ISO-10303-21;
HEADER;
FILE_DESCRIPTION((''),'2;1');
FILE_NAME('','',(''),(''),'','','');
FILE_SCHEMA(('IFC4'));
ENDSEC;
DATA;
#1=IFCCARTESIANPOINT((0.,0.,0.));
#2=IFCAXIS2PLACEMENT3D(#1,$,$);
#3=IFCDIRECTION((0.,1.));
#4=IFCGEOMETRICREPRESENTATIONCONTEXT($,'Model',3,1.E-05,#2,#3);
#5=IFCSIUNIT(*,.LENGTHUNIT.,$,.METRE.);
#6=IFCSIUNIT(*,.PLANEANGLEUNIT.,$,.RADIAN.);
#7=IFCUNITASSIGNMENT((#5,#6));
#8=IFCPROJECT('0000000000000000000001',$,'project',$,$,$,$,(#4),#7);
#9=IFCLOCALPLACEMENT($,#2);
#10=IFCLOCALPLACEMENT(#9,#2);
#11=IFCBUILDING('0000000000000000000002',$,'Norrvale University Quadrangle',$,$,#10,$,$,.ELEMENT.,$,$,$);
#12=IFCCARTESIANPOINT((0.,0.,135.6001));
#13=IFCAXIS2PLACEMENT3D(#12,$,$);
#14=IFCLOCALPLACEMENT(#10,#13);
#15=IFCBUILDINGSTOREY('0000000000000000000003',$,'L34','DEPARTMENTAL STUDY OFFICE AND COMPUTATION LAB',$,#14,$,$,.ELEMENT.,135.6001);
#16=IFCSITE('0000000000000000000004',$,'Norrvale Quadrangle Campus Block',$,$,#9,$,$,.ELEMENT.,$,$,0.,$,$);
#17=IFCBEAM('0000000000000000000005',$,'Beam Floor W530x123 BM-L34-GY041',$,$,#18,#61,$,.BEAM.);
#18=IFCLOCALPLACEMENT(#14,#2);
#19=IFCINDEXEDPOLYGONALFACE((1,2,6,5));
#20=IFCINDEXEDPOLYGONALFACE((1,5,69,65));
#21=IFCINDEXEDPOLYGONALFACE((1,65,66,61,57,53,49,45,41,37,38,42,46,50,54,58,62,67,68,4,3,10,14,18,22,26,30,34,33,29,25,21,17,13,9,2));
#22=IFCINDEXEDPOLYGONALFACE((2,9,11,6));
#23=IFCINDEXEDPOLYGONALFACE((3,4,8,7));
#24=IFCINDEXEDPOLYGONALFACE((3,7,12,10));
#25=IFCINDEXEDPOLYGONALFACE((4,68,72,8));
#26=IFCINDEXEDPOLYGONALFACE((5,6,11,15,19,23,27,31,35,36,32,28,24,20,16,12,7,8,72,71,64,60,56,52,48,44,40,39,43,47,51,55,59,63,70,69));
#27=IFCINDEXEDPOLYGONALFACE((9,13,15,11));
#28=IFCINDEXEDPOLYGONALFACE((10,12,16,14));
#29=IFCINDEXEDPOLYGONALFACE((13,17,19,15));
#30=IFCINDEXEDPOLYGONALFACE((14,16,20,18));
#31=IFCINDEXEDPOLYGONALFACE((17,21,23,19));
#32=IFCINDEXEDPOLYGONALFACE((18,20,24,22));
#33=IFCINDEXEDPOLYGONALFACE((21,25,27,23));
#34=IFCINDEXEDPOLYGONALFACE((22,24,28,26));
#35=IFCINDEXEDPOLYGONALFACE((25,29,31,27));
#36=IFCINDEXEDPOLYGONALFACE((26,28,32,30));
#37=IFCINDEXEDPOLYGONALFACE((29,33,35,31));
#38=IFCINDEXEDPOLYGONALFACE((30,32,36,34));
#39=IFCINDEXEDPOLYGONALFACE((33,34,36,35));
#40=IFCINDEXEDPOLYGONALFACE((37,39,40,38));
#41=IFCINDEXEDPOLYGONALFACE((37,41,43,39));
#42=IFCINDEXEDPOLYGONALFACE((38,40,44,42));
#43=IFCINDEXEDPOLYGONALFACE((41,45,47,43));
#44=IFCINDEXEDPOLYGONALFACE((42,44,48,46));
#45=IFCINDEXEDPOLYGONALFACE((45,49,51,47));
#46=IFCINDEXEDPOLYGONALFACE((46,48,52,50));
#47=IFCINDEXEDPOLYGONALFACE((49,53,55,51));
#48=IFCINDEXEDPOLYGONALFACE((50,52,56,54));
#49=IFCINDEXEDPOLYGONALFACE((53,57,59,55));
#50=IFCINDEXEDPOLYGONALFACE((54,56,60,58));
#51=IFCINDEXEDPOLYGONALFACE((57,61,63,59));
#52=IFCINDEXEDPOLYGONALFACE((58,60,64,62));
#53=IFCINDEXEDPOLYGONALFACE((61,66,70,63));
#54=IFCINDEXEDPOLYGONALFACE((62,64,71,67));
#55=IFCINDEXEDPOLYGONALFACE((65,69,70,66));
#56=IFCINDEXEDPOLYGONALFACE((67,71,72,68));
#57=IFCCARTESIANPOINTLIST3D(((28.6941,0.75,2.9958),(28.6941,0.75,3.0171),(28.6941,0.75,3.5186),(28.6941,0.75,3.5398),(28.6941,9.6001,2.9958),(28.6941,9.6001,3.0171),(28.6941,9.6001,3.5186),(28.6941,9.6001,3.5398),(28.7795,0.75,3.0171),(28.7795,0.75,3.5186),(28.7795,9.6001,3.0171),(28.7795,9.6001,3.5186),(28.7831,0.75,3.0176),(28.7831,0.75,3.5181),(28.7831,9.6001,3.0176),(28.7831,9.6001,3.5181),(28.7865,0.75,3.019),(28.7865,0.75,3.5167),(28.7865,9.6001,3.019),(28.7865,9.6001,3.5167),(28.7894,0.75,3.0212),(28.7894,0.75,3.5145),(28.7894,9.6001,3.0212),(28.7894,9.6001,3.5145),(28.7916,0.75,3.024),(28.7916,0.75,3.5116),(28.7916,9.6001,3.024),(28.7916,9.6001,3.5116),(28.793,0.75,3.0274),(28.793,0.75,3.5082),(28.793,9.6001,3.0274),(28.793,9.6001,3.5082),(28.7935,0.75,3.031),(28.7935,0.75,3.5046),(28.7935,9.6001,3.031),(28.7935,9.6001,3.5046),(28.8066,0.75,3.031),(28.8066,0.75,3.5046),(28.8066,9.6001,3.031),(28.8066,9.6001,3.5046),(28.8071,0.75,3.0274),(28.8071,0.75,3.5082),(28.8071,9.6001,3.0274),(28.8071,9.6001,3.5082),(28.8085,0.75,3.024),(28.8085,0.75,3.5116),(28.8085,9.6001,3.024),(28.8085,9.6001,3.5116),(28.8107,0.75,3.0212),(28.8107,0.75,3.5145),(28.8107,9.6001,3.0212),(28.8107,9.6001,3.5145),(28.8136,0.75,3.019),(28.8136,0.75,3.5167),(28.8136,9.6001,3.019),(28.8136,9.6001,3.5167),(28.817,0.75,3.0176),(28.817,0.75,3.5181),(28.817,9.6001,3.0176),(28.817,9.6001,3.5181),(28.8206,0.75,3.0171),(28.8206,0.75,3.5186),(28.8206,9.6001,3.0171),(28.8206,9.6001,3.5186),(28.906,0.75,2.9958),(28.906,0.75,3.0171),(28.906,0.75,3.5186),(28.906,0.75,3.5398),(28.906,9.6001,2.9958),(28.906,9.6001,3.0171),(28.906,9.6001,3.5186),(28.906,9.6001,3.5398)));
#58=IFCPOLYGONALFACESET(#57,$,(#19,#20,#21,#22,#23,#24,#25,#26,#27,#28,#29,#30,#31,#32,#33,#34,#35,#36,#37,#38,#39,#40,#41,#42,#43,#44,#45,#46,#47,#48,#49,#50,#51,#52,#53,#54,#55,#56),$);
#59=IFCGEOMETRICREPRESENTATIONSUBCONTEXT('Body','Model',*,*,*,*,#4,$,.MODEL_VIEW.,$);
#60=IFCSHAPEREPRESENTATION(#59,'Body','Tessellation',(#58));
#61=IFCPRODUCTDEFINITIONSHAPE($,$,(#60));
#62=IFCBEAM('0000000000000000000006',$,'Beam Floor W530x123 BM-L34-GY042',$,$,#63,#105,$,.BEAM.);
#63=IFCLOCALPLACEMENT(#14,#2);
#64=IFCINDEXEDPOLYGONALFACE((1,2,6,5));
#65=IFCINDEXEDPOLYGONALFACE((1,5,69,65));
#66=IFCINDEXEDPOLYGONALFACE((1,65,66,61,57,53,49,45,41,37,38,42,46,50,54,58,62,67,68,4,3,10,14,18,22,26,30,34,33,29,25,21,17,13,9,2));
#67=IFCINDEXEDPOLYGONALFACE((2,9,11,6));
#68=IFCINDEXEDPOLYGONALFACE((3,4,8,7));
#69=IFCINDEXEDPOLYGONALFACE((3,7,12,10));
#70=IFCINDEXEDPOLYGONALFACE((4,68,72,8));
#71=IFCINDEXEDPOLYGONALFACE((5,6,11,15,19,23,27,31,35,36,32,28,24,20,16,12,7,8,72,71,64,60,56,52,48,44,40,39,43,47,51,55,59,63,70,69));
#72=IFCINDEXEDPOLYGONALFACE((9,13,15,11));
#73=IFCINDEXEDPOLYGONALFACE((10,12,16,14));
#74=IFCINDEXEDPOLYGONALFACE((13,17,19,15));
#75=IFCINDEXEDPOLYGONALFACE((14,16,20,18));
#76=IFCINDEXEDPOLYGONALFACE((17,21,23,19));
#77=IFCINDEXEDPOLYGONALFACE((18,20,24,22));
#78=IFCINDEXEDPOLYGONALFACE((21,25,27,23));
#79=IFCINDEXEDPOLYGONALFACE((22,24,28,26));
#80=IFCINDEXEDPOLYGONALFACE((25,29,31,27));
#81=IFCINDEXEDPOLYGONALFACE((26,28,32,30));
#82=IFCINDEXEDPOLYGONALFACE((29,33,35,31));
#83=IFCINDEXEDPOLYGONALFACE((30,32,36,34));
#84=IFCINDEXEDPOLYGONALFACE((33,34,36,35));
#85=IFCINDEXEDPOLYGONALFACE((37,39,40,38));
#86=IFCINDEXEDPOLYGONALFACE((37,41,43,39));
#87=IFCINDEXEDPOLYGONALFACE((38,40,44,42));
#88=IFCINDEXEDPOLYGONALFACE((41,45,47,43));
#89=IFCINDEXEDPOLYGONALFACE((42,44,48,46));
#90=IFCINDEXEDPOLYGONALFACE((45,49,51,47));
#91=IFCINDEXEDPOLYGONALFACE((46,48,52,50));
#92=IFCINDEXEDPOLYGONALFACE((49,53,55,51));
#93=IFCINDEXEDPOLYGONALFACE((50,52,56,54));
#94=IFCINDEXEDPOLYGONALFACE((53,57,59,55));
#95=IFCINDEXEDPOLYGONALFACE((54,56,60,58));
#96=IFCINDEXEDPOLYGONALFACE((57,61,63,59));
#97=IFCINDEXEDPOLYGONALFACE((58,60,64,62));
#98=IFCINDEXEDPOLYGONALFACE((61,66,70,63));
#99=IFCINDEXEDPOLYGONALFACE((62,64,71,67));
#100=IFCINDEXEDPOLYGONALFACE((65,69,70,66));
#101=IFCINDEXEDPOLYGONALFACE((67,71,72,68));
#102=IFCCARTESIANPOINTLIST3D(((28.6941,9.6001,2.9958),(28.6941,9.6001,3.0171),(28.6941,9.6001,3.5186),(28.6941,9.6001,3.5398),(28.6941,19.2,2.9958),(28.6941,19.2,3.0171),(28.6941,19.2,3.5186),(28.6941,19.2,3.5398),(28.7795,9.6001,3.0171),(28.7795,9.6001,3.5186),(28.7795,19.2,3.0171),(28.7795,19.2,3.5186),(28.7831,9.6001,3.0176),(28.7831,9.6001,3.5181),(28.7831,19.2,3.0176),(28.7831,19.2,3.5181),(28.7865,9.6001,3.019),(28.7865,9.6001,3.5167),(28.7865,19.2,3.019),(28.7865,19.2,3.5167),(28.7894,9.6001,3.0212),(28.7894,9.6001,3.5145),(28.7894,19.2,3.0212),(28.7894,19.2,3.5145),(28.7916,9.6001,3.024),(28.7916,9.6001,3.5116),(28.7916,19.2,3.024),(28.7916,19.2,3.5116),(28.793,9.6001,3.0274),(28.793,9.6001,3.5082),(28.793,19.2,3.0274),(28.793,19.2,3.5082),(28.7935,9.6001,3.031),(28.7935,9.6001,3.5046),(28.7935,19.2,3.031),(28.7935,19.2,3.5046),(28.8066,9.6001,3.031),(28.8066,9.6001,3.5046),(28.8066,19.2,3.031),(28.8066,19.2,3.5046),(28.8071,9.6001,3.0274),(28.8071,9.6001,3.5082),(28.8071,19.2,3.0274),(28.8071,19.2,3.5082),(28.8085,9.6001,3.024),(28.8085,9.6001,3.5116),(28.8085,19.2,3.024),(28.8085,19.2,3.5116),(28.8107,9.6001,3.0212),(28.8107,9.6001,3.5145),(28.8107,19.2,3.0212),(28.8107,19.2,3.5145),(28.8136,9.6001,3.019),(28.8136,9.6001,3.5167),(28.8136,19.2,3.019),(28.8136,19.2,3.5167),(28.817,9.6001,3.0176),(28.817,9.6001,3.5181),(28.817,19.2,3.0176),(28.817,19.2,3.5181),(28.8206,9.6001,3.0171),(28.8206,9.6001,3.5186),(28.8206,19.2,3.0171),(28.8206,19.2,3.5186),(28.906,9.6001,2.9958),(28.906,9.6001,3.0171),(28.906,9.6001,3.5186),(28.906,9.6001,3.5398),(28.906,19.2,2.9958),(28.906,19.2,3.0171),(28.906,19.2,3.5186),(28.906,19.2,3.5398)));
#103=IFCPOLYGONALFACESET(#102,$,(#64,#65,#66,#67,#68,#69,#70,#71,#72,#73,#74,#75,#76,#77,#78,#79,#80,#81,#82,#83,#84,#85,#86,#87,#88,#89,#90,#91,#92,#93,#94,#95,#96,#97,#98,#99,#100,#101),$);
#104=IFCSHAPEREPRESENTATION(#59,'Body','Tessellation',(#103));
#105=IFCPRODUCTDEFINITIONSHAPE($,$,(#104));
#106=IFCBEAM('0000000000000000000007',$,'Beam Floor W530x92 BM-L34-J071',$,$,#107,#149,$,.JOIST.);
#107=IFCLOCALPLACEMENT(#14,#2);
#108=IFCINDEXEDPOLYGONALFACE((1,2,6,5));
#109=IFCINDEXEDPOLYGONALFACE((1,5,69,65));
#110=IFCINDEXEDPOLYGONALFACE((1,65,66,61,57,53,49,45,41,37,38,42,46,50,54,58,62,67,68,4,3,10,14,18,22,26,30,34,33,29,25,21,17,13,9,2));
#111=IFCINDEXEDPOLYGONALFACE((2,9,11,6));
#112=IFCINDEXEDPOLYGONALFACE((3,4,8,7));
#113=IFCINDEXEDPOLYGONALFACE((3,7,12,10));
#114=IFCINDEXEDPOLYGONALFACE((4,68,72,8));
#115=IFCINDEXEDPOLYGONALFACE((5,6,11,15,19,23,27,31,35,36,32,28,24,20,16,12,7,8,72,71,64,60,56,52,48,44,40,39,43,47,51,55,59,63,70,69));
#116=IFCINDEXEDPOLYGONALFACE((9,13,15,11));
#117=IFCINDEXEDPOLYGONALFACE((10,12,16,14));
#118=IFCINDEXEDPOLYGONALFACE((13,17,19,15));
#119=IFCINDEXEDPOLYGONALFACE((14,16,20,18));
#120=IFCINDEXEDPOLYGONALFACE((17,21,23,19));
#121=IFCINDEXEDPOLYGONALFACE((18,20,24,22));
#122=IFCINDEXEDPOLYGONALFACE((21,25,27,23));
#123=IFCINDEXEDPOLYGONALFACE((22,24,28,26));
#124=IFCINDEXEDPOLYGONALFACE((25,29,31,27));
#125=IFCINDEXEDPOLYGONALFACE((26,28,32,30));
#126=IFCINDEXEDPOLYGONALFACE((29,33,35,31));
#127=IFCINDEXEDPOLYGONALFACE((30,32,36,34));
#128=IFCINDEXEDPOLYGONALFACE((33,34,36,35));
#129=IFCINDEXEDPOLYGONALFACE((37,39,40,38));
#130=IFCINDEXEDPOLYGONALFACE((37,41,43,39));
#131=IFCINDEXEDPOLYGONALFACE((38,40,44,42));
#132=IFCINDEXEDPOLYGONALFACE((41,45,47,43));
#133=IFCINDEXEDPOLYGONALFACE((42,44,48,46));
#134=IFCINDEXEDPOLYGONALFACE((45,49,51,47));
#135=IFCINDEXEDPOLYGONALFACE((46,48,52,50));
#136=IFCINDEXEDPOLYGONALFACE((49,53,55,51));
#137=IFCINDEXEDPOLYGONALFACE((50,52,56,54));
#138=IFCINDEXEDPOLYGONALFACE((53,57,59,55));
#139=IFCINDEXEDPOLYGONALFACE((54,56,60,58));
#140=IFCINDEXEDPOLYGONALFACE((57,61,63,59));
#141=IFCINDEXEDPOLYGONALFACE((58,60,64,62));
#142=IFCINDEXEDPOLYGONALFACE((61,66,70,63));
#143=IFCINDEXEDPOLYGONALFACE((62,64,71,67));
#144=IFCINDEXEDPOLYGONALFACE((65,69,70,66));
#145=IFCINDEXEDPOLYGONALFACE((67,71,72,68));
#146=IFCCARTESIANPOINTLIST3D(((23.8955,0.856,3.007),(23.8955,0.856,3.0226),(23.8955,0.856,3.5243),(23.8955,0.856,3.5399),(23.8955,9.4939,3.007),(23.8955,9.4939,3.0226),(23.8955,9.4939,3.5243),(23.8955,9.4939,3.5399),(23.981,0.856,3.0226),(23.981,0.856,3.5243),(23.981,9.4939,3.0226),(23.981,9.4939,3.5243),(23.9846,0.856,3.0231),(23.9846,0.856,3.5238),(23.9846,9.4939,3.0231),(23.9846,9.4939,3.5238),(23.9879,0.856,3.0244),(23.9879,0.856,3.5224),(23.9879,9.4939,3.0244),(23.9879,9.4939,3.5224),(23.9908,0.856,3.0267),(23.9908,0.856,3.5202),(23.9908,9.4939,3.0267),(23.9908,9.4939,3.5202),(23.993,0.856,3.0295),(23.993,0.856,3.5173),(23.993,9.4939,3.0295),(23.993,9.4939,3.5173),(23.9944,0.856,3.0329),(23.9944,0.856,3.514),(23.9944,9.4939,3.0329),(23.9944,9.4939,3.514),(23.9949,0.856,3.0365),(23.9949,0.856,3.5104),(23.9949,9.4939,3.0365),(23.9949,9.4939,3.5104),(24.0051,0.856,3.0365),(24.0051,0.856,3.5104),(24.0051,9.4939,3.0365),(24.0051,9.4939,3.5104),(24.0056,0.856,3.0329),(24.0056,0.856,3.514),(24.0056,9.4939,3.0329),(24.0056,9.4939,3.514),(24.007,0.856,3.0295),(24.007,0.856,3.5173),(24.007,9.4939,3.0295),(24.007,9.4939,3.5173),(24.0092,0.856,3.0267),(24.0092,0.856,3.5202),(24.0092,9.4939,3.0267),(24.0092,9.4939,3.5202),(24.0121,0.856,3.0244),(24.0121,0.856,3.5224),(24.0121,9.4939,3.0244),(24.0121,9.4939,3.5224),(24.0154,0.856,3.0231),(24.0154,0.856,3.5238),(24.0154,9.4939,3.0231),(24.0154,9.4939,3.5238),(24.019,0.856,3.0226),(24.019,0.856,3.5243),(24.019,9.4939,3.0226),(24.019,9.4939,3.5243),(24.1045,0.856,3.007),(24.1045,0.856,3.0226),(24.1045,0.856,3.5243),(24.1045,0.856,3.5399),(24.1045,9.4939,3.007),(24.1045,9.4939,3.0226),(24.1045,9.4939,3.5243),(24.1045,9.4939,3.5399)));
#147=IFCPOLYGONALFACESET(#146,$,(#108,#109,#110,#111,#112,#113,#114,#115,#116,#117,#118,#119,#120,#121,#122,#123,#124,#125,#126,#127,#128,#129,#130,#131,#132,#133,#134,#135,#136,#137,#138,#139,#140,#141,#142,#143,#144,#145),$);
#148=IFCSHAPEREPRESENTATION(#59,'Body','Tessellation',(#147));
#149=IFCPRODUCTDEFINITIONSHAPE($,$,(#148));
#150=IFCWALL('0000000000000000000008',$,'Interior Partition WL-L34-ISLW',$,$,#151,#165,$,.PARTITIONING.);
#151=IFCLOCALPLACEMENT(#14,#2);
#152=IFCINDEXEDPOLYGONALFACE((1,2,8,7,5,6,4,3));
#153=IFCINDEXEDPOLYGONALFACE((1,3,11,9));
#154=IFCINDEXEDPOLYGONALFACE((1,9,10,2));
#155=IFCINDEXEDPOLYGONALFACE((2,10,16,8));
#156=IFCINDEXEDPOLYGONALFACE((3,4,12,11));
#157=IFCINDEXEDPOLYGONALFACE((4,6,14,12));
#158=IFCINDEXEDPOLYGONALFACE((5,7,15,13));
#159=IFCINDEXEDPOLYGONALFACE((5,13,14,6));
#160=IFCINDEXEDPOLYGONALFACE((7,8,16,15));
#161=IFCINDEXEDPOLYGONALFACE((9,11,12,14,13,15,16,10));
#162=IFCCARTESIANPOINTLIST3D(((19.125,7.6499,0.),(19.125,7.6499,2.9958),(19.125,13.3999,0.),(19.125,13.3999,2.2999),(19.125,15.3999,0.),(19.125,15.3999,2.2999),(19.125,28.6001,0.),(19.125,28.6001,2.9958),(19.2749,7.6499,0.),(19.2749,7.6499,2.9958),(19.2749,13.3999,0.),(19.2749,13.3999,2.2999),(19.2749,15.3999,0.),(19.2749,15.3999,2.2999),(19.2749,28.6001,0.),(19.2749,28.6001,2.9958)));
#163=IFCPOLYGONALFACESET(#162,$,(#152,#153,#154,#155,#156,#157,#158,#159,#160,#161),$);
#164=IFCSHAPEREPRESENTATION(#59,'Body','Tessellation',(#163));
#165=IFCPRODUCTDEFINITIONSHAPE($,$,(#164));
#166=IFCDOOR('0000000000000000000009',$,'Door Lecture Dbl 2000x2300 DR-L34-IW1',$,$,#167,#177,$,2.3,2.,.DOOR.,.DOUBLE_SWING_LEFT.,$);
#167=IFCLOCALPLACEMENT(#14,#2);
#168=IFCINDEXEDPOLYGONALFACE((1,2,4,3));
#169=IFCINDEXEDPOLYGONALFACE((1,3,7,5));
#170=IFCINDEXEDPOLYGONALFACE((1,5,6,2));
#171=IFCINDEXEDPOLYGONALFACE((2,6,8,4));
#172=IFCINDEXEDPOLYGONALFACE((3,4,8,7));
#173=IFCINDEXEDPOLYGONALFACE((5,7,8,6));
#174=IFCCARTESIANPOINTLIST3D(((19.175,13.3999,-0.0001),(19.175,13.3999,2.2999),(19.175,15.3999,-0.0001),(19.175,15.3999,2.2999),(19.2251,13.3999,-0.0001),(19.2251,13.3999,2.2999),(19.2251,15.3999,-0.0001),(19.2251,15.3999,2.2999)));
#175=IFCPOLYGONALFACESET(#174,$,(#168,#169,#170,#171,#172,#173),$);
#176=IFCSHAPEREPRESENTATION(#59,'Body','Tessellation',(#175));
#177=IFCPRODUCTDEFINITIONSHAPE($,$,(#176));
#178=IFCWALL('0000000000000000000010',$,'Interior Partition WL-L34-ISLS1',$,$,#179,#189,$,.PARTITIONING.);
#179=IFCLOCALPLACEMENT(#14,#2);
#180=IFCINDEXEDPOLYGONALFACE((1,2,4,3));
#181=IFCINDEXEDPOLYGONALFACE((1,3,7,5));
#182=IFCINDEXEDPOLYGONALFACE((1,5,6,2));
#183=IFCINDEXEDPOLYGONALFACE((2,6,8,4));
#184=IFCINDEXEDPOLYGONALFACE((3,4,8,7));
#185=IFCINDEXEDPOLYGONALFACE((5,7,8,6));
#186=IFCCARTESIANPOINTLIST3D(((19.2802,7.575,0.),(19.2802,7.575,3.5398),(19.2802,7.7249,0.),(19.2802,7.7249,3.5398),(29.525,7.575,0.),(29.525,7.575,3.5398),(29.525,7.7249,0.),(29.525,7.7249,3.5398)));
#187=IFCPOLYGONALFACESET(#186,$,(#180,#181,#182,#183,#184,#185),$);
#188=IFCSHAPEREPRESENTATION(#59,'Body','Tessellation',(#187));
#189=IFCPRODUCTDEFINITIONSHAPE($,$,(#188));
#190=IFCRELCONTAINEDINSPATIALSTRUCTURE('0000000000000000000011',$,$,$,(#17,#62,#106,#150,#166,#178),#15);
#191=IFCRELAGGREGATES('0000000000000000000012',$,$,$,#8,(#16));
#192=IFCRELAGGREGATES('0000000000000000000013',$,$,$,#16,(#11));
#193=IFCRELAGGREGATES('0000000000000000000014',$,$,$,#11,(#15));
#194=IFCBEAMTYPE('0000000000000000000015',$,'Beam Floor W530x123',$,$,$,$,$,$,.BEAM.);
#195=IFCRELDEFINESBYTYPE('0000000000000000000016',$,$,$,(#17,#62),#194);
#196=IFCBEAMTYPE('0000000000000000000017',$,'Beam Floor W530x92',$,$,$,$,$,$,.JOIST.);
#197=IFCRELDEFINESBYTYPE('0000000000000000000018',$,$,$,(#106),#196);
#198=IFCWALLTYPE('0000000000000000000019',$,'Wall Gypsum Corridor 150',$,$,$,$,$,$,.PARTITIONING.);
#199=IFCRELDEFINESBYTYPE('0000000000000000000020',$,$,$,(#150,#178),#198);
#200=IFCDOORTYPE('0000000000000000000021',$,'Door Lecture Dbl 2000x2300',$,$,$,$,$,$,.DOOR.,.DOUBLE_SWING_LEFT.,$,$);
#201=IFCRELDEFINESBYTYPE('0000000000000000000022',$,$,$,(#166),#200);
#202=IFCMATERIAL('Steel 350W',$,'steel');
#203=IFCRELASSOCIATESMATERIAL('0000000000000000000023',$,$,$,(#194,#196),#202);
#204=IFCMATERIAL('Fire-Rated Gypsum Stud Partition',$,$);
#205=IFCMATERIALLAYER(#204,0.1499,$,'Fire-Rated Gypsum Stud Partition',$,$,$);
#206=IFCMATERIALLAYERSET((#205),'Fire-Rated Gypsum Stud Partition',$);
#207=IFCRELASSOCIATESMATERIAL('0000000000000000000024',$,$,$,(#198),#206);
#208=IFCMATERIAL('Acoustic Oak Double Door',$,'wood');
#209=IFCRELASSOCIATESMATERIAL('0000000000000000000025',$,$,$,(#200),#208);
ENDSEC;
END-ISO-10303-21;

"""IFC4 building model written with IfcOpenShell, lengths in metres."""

from ifc_helpers import new_model, si_unit, direction, frame, frame_2d, origin, origin_2d, place, context, subcontext, project, spatial, rectangle, i_section, extrude, material, layer, layer_set, material_profile, profile_set, type_object, element, fill, save


model = new_model("IFC4")

# Units and contexts
model_context = context("Model", 3, precision=1e-05, world=origin(), true_north=direction((0.0, 1.0)))
body_context = subcontext(model_context, "Body", "Model", "MODEL_VIEW")
ifc_project = project(units=[si_unit("LENGTHUNIT", "METRE"), si_unit("PLANEANGLEUNIT", "RADIAN")], contexts=[model_context])

# Site, building, storey
site_placement = place(None, origin())
site = spatial("IfcSite", under=ifc_project, at=site_placement, Name="Norrvale Quadrangle Campus Block", CompositionType="ELEMENT", RefElevation=0.0)
building_placement = place(site_placement, origin())
building = spatial("IfcBuilding", under=site, at=building_placement, Name="Norrvale University Quadrangle", CompositionType="ELEMENT")
storey_placement = place(building_placement, frame((0.0, 0.0, 135.6001)))
storey = spatial("IfcBuildingStorey", under=building, at=storey_placement, Name="L34", Description="DEPARTMENTAL STUDY OFFICE AND COMPUTATION LAB", CompositionType="ELEMENT", Elevation=135.6001)

# Beams
ifc_material_1 = material(Name="Steel 350W", Category="steel")
ifc_material_profile_1 = material_profile(ifc_material_1, i_section(OverallWidth=0.2119, OverallDepth=0.5439, WebThickness=0.0132, FlangeThickness=0.0212, FilletRadius=0.0139, at=origin_2d()), Name="Steel 350W")
ifc_profile_set_1 = profile_set([ifc_material_profile_1], Name="Steel 350W")
beam_type_1 = type_object("IfcBeamType", Name="Beam Floor W530x123", PredefinedType="BEAM", material=ifc_profile_set_1)
beam_1_placement = place(storey_placement, frame((28.8, 0.75, 3.2678), z_axis=(0.0, 1.0, 0.0), x_axis=(-1.0, 0.0, 0.0)))
element("IfcBeam", 1, at=beam_1_placement, inside=storey, type_object=beam_type_1, Name="Beam Floor W530x123 BM-L34-GY041", PredefinedType="BEAM", context=body_context, shape_type="SweptSolid", body=[
    extrude(i_section(OverallWidth=0.2119, OverallDepth=0.5439, WebThickness=0.0132, FlangeThickness=0.0212, FilletRadius=0.0139, at=origin_2d()), origin(), (0.0, 0.0, 1.0), 8.8501),
])
beam_2_placement = place(storey_placement, frame((28.8, 9.6001, 3.2678), z_axis=(0.0, 1.0, 0.0), x_axis=(-1.0, 0.0, 0.0)))
element("IfcBeam", 2, at=beam_2_placement, inside=storey, type_object=beam_type_1, Name="Beam Floor W530x123 BM-L34-GY042", PredefinedType="BEAM", context=body_context, shape_type="SweptSolid", body=[
    extrude(i_section(OverallWidth=0.2119, OverallDepth=0.5439, WebThickness=0.0132, FlangeThickness=0.0212, FilletRadius=0.0139, at=origin_2d()), origin(), (0.0, 0.0, 1.0), 9.5999),
])
ifc_material_profile_2 = material_profile(ifc_material_1, i_section(OverallWidth=0.209, OverallDepth=0.533, WebThickness=0.0103, FlangeThickness=0.0156, FilletRadius=0.0139, at=origin_2d()), Name="Steel 350W")
ifc_profile_set_2 = profile_set([ifc_material_profile_2], Name="Steel 350W")
beam_type_2 = type_object("IfcBeamType", Name="Beam Floor W530x92", PredefinedType="JOIST", material=ifc_profile_set_2)
beam_3_placement = place(storey_placement, frame((24.0, 0.856, 3.2734), z_axis=(0.0, 1.0, 0.0), x_axis=(-1.0, 0.0, 0.0)))
element("IfcBeam", 3, at=beam_3_placement, inside=storey, type_object=beam_type_2, Name="Beam Floor W530x92 BM-L34-J071", PredefinedType="JOIST", context=body_context, shape_type="SweptSolid", body=[
    extrude(i_section(OverallWidth=0.209, OverallDepth=0.533, WebThickness=0.0103, FlangeThickness=0.0156, FilletRadius=0.0139, at=origin_2d()), origin(), (0.0, 0.0, 1.0), 8.6379),
])

# Wall, opening, door
ifc_material_2 = material(Name="Fire-Rated Gypsum Stud Partition")
ifc_layer_1 = layer(ifc_material_2, 0.1499, Name="Fire-Rated Gypsum Stud Partition")
ifc_layer_set_1 = layer_set([ifc_layer_1], Name="Fire-Rated Gypsum Stud Partition")
wall_type_1 = type_object("IfcWallType", Name="Wall Gypsum Corridor 150", PredefinedType="PARTITIONING", material=ifc_layer_set_1)
wall_1_placement = place(storey_placement, frame((19.2, 7.6499, 0.0), z_axis=(0.0, 0.0, 1.0), x_axis=(0.0, 1.0, 0.0)))
wall_1 = element("IfcWall", 4, at=wall_1_placement, inside=storey, type_object=wall_type_1, Name="Interior Partition WL-L34-ISLW", PredefinedType="PARTITIONING", context=body_context, shape_type="SweptSolid", body=[
    extrude(rectangle(XDim=20.9502, YDim=0.1499, at=frame_2d((10.4751, 0.0))), origin(), (0.0, 0.0, 1.0), 2.9958),
])
opening_placement = place(wall_1_placement, frame((5.75, 0.0, 0.0)))
opening = element("IfcOpeningElement", 5, at=opening_placement, cuts=wall_1, PredefinedType="OPENING", context=body_context, shape_type="SweptSolid", body=[
    extrude(rectangle(XDim=2.0, YDim=2.3, at=frame_2d((1.0, 1.1499))), frame((0.0, 0.0869, 0.0), z_axis=(0.0, -1.0, 0.0), x_axis=(1.0, 0.0, 0.0)), (0.0, 0.0, 1.0), 0.1738),
])
ifc_material_3 = material(Name="Acoustic Oak Double Door", Category="wood")
door_type = type_object("IfcDoorType", Name="Door Lecture Dbl 2000x2300", OperationType="DOUBLE_SWING_LEFT", PredefinedType="DOOR", material=ifc_material_3)
door_placement = place(opening_placement, origin())
door = element("IfcDoor", 6, at=door_placement, inside=storey, type_object=door_type, Name="Door Lecture Dbl 2000x2300 DR-L34-IW1", OperationType="DOUBLE_SWING_LEFT", OverallHeight=2.3, OverallWidth=2.0, PredefinedType="DOOR", context=body_context, shape_type="SweptSolid", body=[
    extrude(rectangle(XDim=2.0, YDim=2.3, at=frame_2d((1.0, 1.1499))), frame((0.0, 0.0249, 0.0), z_axis=(0.0, -1.0, 0.0), x_axis=(1.0, 0.0, 0.0)), (0.0, 0.0, 1.0), 0.05),
])
fill(opening, door)

# Wall
wall_2_placement = place(storey_placement, frame((19.28, 7.6499, 0.0), z_axis=(0.0, 0.0, 1.0), x_axis=(1.0, 0.0, 0.0)))
element("IfcWall", 7, at=wall_2_placement, inside=storey, type_object=wall_type_1, Name="Interior Partition WL-L34-ISLS1", PredefinedType="PARTITIONING", context=body_context, shape_type="SweptSolid", body=[
    extrude(rectangle(XDim=10.2449, YDim=0.1499, at=frame_2d((5.1226, 0.0))), origin(), (0.0, 0.0, 1.0), 3.5398),
])

save(model, "model.ifc")
